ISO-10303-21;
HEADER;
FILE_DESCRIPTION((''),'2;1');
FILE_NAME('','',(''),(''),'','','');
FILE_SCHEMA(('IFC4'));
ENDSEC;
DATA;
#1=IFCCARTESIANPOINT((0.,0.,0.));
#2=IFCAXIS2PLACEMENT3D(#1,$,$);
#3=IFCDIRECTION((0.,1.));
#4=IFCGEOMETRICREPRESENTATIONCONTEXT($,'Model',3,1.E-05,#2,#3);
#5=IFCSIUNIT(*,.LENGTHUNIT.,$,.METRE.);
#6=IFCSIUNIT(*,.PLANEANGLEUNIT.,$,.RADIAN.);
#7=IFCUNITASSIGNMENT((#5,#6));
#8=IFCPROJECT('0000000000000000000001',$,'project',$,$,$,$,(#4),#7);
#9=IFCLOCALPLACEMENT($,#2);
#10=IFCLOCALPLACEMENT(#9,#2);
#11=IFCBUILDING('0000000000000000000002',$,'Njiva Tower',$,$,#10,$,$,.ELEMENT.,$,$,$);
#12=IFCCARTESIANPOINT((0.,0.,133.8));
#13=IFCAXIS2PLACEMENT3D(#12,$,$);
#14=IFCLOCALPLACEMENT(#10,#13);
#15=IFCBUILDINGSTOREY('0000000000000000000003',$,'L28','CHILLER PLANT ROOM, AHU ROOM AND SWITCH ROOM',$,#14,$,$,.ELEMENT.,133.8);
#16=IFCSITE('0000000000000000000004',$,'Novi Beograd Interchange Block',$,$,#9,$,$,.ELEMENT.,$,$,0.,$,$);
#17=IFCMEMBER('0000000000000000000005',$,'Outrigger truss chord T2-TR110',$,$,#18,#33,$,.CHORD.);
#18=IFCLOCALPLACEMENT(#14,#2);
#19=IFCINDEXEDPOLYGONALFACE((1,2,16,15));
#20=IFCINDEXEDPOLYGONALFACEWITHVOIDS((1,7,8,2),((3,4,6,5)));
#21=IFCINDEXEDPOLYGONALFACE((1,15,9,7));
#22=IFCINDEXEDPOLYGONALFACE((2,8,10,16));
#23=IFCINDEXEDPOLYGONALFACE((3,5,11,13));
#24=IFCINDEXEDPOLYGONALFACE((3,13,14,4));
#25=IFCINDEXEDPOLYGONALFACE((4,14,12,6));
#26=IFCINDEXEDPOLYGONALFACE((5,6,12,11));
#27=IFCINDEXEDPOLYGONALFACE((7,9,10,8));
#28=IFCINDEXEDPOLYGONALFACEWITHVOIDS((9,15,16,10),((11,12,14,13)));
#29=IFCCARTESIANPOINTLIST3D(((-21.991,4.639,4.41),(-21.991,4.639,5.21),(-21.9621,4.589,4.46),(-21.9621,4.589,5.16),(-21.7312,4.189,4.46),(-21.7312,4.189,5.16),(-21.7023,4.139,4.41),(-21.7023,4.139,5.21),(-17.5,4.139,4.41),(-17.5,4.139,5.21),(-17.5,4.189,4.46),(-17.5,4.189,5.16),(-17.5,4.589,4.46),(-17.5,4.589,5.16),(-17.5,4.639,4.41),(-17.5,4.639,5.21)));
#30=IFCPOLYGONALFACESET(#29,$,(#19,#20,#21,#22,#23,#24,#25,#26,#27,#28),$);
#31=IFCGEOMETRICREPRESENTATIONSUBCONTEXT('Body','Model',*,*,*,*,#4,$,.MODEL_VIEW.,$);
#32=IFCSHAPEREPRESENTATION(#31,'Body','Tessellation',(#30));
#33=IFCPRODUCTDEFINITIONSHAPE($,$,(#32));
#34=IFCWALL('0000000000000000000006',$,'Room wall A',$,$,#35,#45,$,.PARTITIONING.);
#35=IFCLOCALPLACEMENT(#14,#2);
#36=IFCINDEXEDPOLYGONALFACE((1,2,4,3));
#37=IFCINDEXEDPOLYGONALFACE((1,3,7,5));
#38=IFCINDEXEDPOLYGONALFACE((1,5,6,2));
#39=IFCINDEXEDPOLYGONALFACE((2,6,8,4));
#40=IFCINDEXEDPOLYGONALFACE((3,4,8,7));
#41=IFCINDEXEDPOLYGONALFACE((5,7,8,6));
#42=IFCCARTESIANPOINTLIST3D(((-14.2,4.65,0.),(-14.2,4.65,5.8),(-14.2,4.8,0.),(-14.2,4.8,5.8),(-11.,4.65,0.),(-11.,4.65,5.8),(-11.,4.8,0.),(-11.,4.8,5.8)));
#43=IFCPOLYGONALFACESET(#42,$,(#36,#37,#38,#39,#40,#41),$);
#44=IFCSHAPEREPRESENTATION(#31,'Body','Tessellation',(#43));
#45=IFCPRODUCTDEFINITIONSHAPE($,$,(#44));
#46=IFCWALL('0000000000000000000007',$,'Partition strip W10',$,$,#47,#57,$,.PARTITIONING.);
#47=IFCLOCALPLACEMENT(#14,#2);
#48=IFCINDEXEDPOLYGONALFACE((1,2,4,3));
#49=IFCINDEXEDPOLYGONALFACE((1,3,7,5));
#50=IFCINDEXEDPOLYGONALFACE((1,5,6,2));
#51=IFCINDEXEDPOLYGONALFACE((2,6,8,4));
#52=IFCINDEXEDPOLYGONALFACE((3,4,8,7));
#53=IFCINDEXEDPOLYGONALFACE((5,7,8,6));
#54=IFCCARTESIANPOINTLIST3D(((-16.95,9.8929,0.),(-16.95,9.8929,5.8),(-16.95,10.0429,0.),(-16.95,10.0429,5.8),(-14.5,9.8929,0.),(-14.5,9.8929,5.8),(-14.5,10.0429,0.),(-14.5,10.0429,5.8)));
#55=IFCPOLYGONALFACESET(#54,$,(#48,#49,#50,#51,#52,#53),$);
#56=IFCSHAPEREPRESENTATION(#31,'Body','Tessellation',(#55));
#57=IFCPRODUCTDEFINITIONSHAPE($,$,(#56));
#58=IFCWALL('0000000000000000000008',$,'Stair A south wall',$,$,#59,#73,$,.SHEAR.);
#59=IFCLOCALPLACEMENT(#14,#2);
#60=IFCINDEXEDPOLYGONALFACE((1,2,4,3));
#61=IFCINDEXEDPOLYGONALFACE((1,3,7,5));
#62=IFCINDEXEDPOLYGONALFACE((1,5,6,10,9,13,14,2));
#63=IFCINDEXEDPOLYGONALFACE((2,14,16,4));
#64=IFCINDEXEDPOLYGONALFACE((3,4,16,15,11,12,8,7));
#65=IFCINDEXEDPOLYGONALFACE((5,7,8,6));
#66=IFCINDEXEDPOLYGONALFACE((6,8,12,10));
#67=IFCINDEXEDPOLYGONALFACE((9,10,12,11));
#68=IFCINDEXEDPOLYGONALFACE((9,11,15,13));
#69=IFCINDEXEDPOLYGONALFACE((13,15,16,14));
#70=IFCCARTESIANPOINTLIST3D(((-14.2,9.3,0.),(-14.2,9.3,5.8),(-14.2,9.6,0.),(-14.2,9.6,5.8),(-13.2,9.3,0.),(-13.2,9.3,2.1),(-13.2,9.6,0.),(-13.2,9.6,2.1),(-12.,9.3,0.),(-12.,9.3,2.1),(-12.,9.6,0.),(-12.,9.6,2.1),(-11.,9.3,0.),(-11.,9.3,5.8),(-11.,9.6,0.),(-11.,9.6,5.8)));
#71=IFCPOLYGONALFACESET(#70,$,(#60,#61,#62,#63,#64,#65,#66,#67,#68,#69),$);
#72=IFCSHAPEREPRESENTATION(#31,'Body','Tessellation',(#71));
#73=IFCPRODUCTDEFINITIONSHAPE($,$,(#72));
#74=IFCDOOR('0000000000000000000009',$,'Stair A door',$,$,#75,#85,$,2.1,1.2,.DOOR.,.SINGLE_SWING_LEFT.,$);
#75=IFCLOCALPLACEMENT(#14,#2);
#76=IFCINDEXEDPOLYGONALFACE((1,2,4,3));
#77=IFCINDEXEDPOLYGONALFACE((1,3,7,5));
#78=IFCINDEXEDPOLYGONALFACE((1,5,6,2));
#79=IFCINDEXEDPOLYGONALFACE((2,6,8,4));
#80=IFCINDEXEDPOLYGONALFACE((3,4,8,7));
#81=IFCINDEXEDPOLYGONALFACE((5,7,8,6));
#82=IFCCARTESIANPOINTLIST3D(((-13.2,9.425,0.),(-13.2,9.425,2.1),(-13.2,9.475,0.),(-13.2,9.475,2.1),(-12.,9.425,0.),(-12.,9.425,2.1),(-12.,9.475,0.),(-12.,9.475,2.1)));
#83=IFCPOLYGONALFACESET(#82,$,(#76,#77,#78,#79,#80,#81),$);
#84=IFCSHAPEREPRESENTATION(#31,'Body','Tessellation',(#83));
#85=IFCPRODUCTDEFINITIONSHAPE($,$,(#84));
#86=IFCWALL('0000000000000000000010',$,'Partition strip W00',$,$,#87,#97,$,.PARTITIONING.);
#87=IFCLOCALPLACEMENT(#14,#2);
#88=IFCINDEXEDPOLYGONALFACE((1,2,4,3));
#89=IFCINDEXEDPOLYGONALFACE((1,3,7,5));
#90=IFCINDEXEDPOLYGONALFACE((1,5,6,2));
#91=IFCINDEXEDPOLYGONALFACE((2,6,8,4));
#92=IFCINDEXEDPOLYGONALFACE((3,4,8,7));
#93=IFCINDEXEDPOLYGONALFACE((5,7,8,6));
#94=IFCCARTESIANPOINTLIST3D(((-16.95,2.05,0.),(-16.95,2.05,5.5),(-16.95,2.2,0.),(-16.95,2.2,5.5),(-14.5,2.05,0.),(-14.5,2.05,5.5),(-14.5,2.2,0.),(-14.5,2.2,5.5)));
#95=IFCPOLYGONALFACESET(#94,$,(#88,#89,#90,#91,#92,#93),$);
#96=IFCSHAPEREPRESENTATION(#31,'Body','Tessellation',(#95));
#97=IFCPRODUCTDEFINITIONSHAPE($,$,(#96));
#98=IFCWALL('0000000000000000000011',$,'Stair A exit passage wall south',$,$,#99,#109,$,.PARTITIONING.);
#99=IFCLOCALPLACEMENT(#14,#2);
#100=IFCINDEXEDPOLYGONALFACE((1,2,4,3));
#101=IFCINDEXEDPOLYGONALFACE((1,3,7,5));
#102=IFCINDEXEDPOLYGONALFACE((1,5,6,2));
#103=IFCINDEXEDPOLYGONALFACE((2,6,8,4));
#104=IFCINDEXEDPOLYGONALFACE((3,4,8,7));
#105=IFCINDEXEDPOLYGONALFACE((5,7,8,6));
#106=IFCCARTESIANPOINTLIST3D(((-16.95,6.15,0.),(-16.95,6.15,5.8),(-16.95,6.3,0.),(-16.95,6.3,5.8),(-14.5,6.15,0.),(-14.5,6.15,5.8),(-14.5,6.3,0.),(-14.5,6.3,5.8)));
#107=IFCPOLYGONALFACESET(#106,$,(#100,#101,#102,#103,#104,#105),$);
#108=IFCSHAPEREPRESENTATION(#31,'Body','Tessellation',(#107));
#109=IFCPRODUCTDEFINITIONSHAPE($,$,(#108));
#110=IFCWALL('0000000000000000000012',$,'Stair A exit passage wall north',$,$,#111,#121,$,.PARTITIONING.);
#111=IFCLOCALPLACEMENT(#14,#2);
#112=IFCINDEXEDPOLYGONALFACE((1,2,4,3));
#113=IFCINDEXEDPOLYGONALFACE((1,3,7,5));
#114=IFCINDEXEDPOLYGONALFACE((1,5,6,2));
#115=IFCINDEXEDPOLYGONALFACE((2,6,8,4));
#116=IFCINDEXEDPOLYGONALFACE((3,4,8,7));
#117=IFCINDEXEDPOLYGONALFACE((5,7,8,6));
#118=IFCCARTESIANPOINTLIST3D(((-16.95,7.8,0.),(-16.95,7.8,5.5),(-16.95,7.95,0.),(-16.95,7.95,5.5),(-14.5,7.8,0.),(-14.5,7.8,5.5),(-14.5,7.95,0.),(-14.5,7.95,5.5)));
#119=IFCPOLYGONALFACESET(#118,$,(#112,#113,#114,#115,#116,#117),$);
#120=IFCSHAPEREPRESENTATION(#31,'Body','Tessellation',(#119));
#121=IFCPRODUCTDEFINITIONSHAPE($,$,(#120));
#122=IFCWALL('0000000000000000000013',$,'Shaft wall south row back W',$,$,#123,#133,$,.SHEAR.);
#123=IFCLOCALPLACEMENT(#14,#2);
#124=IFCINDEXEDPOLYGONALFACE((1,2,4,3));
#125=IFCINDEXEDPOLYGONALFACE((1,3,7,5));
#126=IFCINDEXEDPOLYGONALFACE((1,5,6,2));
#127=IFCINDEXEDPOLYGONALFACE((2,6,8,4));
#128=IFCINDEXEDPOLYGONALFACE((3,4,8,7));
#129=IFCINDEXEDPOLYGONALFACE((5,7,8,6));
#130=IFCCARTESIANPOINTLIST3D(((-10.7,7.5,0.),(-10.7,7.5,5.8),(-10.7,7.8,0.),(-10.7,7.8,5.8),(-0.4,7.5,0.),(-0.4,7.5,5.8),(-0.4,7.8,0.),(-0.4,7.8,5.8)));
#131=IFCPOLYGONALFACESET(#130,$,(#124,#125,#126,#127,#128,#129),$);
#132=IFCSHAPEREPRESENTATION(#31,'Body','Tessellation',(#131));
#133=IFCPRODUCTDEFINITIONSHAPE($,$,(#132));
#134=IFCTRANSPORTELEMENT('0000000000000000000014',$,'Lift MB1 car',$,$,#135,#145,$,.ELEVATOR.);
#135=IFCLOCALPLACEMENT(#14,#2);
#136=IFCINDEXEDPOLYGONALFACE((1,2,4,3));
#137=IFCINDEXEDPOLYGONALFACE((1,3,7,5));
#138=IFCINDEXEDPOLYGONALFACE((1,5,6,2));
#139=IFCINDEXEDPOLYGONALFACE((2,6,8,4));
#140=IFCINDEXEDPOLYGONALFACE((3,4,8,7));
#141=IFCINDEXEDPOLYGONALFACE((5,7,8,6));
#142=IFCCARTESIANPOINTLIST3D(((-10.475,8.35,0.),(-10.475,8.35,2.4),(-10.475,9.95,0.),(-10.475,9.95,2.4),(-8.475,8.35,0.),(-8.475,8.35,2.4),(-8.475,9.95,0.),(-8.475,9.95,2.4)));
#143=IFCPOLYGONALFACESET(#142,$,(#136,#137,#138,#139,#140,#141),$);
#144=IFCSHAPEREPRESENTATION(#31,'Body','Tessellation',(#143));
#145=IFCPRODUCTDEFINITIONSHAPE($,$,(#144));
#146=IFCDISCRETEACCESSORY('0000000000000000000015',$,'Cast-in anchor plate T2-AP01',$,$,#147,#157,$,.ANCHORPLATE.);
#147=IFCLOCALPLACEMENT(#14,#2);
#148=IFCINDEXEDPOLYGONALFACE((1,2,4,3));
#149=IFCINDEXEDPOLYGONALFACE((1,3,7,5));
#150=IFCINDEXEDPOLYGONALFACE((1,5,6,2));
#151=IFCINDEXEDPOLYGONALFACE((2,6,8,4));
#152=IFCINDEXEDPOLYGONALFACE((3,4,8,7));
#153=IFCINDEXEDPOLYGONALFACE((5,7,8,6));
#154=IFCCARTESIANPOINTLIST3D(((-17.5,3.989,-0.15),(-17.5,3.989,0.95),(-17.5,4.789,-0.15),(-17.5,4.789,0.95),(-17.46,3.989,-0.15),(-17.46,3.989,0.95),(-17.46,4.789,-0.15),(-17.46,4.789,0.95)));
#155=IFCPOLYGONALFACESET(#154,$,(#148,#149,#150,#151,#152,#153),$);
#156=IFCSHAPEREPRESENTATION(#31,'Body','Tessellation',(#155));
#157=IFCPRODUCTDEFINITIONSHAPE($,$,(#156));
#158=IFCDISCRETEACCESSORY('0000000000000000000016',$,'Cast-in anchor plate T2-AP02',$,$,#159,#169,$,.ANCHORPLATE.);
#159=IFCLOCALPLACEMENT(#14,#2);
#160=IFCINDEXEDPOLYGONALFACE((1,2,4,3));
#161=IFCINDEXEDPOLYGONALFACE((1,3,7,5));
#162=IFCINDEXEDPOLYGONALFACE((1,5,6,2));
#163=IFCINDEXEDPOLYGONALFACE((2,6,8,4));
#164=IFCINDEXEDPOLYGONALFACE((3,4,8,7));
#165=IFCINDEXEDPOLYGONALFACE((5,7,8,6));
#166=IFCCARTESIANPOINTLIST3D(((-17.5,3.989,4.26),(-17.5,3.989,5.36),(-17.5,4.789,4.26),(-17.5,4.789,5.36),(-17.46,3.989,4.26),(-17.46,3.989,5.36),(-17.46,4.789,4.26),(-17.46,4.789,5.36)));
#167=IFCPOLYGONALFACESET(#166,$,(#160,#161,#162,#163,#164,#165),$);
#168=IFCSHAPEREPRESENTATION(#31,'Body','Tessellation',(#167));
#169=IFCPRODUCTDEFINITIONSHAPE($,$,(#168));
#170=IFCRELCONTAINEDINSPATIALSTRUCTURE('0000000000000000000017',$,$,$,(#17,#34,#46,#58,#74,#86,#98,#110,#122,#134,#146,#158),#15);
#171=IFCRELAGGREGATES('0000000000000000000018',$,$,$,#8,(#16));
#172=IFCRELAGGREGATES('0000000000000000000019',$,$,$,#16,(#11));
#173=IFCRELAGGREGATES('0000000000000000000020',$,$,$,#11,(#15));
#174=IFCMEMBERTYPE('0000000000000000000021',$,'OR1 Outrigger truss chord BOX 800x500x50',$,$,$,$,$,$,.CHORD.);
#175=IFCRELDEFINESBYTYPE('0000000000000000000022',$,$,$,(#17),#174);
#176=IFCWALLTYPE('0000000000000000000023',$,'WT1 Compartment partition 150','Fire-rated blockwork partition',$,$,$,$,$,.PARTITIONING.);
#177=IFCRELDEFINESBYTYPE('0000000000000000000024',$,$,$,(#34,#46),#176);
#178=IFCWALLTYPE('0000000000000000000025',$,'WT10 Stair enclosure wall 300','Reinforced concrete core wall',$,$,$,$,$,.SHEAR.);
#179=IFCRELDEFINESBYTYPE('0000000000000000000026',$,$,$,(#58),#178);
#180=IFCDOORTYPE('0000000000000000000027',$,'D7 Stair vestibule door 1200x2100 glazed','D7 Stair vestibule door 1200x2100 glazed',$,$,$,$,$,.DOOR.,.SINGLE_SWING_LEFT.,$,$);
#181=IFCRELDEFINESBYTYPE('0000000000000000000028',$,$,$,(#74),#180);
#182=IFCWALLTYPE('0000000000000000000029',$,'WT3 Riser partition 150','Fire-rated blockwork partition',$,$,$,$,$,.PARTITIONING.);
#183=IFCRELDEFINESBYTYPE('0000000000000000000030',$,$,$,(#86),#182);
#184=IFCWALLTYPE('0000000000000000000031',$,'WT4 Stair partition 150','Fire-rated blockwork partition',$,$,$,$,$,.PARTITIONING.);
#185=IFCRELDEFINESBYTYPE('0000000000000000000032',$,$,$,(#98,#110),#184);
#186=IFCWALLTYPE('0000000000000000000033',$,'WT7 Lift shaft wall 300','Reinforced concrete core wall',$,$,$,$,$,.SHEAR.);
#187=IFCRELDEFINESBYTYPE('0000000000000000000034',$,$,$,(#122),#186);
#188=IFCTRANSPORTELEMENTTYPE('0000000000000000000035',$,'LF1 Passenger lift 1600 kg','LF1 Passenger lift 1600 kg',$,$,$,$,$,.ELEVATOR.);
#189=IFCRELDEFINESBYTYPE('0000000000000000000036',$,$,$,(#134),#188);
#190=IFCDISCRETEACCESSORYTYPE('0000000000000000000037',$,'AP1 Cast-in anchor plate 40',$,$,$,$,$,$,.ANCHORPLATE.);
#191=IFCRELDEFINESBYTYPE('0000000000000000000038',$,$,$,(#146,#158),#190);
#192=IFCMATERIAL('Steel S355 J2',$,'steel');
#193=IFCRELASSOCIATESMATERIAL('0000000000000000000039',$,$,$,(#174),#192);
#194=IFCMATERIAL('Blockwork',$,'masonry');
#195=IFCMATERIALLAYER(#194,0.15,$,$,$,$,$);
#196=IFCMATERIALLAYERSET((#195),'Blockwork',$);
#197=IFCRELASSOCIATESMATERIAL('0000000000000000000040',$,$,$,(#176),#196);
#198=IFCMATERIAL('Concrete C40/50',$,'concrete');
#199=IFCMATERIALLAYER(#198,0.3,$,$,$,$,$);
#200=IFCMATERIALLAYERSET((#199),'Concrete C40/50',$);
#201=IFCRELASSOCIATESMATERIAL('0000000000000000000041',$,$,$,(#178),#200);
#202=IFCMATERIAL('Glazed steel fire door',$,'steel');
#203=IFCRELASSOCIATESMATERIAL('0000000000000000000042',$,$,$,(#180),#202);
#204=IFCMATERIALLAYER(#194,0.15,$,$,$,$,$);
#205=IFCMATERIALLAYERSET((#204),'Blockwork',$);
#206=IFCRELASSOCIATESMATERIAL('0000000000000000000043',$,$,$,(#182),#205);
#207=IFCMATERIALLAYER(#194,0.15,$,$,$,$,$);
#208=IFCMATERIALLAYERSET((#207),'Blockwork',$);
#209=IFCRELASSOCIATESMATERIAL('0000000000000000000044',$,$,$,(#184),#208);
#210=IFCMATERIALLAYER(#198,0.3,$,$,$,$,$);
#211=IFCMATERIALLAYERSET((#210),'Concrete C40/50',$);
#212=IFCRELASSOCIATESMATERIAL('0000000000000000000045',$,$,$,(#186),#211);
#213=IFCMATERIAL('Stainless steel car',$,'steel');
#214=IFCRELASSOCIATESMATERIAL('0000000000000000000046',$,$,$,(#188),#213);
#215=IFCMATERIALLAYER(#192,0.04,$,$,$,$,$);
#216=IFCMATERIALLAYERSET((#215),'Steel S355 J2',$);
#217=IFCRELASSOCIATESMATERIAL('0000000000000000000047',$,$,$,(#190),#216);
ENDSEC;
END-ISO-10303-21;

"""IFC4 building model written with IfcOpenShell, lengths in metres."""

from ifc_helpers import new_model, si_unit, direction, frame, frame_2d, origin, origin_2d, place, context, subcontext, project, spatial, polyline, rectangle, hollow_rectangle, outline, extrude, clip, halfspace, material, layer, layer_set, material_profile, profile_set, type_object, element, fill, save


model = new_model("IFC4")

# Units and contexts
model_context = context("Model", 3, precision=1e-05, world=origin(), true_north=direction((0.0, 1.0)))
body_context = subcontext(model_context, "Body", "Model", "MODEL_VIEW")
ifc_project = project(units=[si_unit("LENGTHUNIT", "METRE"), si_unit("PLANEANGLEUNIT", "RADIAN")], contexts=[model_context])

# Site, building, storey
site_placement = place(None, origin())
site = spatial("IfcSite", under=ifc_project, at=site_placement, Name="Novi Beograd Interchange Block", CompositionType="ELEMENT", RefElevation=0.0)
building_placement = place(site_placement, origin())
building = spatial("IfcBuilding", under=site, at=building_placement, Name="Njiva Tower", CompositionType="ELEMENT")
storey_placement = place(building_placement, frame((0.0, 0.0, 133.8)))
storey = spatial("IfcBuildingStorey", under=building, at=storey_placement, Name="L28", Description="CHILLER PLANT ROOM, AHU ROOM AND SWITCH ROOM", CompositionType="ELEMENT", Elevation=133.8)

# Member
ifc_material_1 = material(Name="Steel S355 J2", Category="steel")
ifc_material_profile_1 = material_profile(ifc_material_1, hollow_rectangle(XDim=0.5, YDim=0.8, WallThickness=0.05, at=origin_2d()), Name="BOX 800x500x50")
ifc_profile_set_1 = profile_set([ifc_material_profile_1], Name="Steel S355 J2")
member_type_1 = type_object("IfcMemberType", Name="OR1 Outrigger truss chord BOX 800x500x50", PredefinedType="CHORD", material=ifc_profile_set_1)
member_1_placement = place(storey_placement, frame((-17.5, 4.389, 4.81), z_axis=(-1.0, 0.0, 0.0), x_axis=(0.0, -1.0, 0.0)))
element("IfcMember", 1, at=member_1_placement, inside=storey, type_object=member_type_1, Name="Outrigger truss chord T2-TR110", PredefinedType="CHORD", context=body_context, shape_type="Clipping", body=[
    clip(extrude(hollow_rectangle(XDim=0.5, YDim=0.8, WallThickness=0.05, at=origin_2d()), origin(), (0.0, 0.0, 1.0), 4.867), halfspace(frame((0.025, 0.0, 4.3322), z_axis=(0.499998, 0.0, 0.866027), x_axis=(0.0, 1.0, 0.0)), False)),
])

# Walls
ifc_material_2 = material(Name="Blockwork", Category="masonry")
ifc_layer_1 = layer(ifc_material_2, 0.15)
ifc_layer_set_1 = layer_set([ifc_layer_1], Name="Blockwork")
wall_type_1 = type_object("IfcWallType", Name="WT1 Compartment partition 150", Description="Fire-rated blockwork partition", PredefinedType="PARTITIONING", material=ifc_layer_set_1)
wall_1_placement = place(storey_placement, frame((-14.2, 4.725, 0.0), z_axis=(0.0, 0.0, 1.0), x_axis=(1.0, 0.0, 0.0)))
element("IfcWall", 2, at=wall_1_placement, inside=storey, type_object=wall_type_1, Name="Room wall A", PredefinedType="PARTITIONING", context=body_context, shape_type="SweptSolid", body=[
    extrude(rectangle(XDim=3.2, YDim=0.15, at=frame_2d((1.6, 0.0))), origin(), (0.0, 0.0, 1.0), 5.8),
])
wall_2_placement = place(storey_placement, frame((-16.95, 9.9679, 0.0), z_axis=(0.0, 0.0, 1.0), x_axis=(1.0, 0.0, 0.0)))
element("IfcWall", 3, at=wall_2_placement, inside=storey, type_object=wall_type_1, Name="Partition strip W10", PredefinedType="PARTITIONING", context=body_context, shape_type="SweptSolid", body=[
    extrude(rectangle(XDim=2.45, YDim=0.15, at=frame_2d((1.225, 0.0))), origin(), (0.0, 0.0, 1.0), 5.8),
])

# Wall, opening, door
ifc_material_3 = material(Name="Concrete C40/50", Category="concrete")
ifc_layer_2 = layer(ifc_material_3, 0.3)
ifc_layer_set_2 = layer_set([ifc_layer_2], Name="Concrete C40/50")
wall_type_2 = type_object("IfcWallType", Name="WT10 Stair enclosure wall 300", Description="Reinforced concrete core wall", PredefinedType="SHEAR", material=ifc_layer_set_2)
wall_3_placement = place(storey_placement, frame((-14.2, 9.45, 0.0), z_axis=(0.0, 0.0, 1.0), x_axis=(1.0, 0.0, 0.0)))
wall_3 = element("IfcWall", 4, at=wall_3_placement, inside=storey, type_object=wall_type_2, Name="Stair A south wall", PredefinedType="SHEAR", context=body_context, shape_type="SweptSolid", body=[
    extrude(rectangle(XDim=3.2, YDim=0.3, at=frame_2d((1.6, 0.0))), origin(), (0.0, 0.0, 1.0), 5.8),
])
opening_placement = place(wall_3_placement, frame((1.0, 0.0, 0.0)))
opening = element("IfcOpeningElement", 5, at=opening_placement, cuts=wall_3, PredefinedType="OPENING", context=body_context, shape_type="SweptSolid", body=[
    extrude(rectangle(XDim=1.2, YDim=2.1, at=frame_2d((0.6, 1.05))), frame((0.0, 0.16, 0.0), z_axis=(0.0, -1.0, 0.0), x_axis=(1.0, 0.0, 0.0)), (0.0, 0.0, 1.0), 0.32),
])
ifc_material_4 = material(Name="Glazed steel fire door", Category="steel")
door_type = type_object("IfcDoorType", Name="D7 Stair vestibule door 1200x2100 glazed", Description="D7 Stair vestibule door 1200x2100 glazed", OperationType="SINGLE_SWING_LEFT", PredefinedType="DOOR", material=ifc_material_4)
door_placement = place(opening_placement, origin())
door = element("IfcDoor", 6, at=door_placement, inside=storey, type_object=door_type, Name="Stair A door", OperationType="SINGLE_SWING_LEFT", OverallHeight=2.1, OverallWidth=1.2, PredefinedType="DOOR", context=body_context, shape_type="SweptSolid", body=[
    extrude(rectangle(XDim=1.2, YDim=2.1, at=frame_2d((0.6, 1.05))), frame((0.0, 0.025, 0.0), z_axis=(0.0, -1.0, 0.0), x_axis=(1.0, 0.0, 0.0)), (0.0, 0.0, 1.0), 0.05),
])
fill(opening, door)

# Walls
ifc_layer_3 = layer(ifc_material_2, 0.15)
ifc_layer_set_3 = layer_set([ifc_layer_3], Name="Blockwork")
wall_type_3 = type_object("IfcWallType", Name="WT3 Riser partition 150", Description="Fire-rated blockwork partition", PredefinedType="PARTITIONING", material=ifc_layer_set_3)
wall_4_placement = place(storey_placement, frame((-16.95, 2.125, 0.0), z_axis=(0.0, 0.0, 1.0), x_axis=(1.0, 0.0, 0.0)))
element("IfcWall", 7, at=wall_4_placement, inside=storey, type_object=wall_type_3, Name="Partition strip W00", PredefinedType="PARTITIONING", context=body_context, shape_type="SweptSolid", body=[
    extrude(rectangle(XDim=2.45, YDim=0.15, at=frame_2d((1.225, 0.0))), origin(), (0.0, 0.0, 1.0), 5.5),
])
ifc_layer_4 = layer(ifc_material_2, 0.15)
ifc_layer_set_4 = layer_set([ifc_layer_4], Name="Blockwork")
wall_type_4 = type_object("IfcWallType", Name="WT4 Stair partition 150", Description="Fire-rated blockwork partition", PredefinedType="PARTITIONING", material=ifc_layer_set_4)
wall_5_placement = place(storey_placement, frame((-16.95, 6.225, 0.0), z_axis=(0.0, 0.0, 1.0), x_axis=(1.0, 0.0, 0.0)))
element("IfcWall", 8, at=wall_5_placement, inside=storey, type_object=wall_type_4, Name="Stair A exit passage wall south", PredefinedType="PARTITIONING", context=body_context, shape_type="SweptSolid", body=[
    extrude(rectangle(XDim=2.45, YDim=0.15, at=frame_2d((1.225, 0.0))), origin(), (0.0, 0.0, 1.0), 5.8),
])
wall_6_placement = place(storey_placement, frame((-16.95, 7.875, 0.0), z_axis=(0.0, 0.0, 1.0), x_axis=(1.0, 0.0, 0.0)))
element("IfcWall", 9, at=wall_6_placement, inside=storey, type_object=wall_type_4, Name="Stair A exit passage wall north", PredefinedType="PARTITIONING", context=body_context, shape_type="SweptSolid", body=[
    extrude(rectangle(XDim=2.45, YDim=0.15, at=frame_2d((1.225, 0.0))), origin(), (0.0, 0.0, 1.0), 5.5),
])
ifc_layer_5 = layer(ifc_material_3, 0.3)
ifc_layer_set_5 = layer_set([ifc_layer_5], Name="Concrete C40/50")
wall_type_5 = type_object("IfcWallType", Name="WT7 Lift shaft wall 300", Description="Reinforced concrete core wall", PredefinedType="SHEAR", material=ifc_layer_set_5)
wall_7_placement = place(storey_placement, frame((-10.7, 7.65, 0.0), z_axis=(0.0, 0.0, 1.0), x_axis=(1.0, 0.0, 0.0)))
element("IfcWall", 10, at=wall_7_placement, inside=storey, type_object=wall_type_5, Name="Shaft wall south row back W", PredefinedType="SHEAR", context=body_context, shape_type="SweptSolid", body=[
    extrude(rectangle(XDim=10.3, YDim=0.3, at=frame_2d((5.15, 0.0))), origin(), (0.0, 0.0, 1.0), 5.8),
])

# Transport element
ifc_material_5 = material(Name="Stainless steel car", Category="steel")
transport_element_type = type_object("IfcTransportElementType", Name="LF1 Passenger lift 1600 kg", Description="LF1 Passenger lift 1600 kg", PredefinedType="ELEVATOR", material=ifc_material_5)
transport_element_placement = place(storey_placement, frame((-9.475, 9.15, 0.0), z_axis=(0.0, 0.0, 1.0), x_axis=(1.0, 0.0, 0.0)))
element("IfcTransportElement", 11, at=transport_element_placement, inside=storey, type_object=transport_element_type, Name="Lift MB1 car", PredefinedType="ELEVATOR", context=body_context, shape_type="SweptSolid", body=[
    extrude(rectangle(XDim=2.0, YDim=1.6, at=origin_2d()), origin(), (0.0, 0.0, 1.0), 2.4),
])

# Discrete accessories
ifc_layer_6 = layer(ifc_material_1, 0.04)
ifc_layer_set_6 = layer_set([ifc_layer_6], Name="Steel S355 J2")
discrete_accessory_type = type_object("IfcDiscreteAccessoryType", Name="AP1 Cast-in anchor plate 40", PredefinedType="ANCHORPLATE", material=ifc_layer_set_6)
for number, where, name in (
    (12, (-17.48, 4.389, -0.15), "Cast-in anchor plate T2-AP01"),
    (13, (-17.48, 4.389, 4.26), "Cast-in anchor plate T2-AP02"),
):
    element("IfcDiscreteAccessory", number, at=place(storey_placement, frame(where)), inside=storey, type_object=discrete_accessory_type, Name=name, PredefinedType="ANCHORPLATE", context=body_context, shape_type="SweptSolid", body=[
        extrude(outline(polyline([(-0.02, -0.4), (0.02, -0.4), (0.02, 0.4), (-0.02, 0.4), (-0.02, -0.4)])), origin(), (0.0, 0.0, 1.0), 1.1),
    ])

save(model, "model.ifc")
